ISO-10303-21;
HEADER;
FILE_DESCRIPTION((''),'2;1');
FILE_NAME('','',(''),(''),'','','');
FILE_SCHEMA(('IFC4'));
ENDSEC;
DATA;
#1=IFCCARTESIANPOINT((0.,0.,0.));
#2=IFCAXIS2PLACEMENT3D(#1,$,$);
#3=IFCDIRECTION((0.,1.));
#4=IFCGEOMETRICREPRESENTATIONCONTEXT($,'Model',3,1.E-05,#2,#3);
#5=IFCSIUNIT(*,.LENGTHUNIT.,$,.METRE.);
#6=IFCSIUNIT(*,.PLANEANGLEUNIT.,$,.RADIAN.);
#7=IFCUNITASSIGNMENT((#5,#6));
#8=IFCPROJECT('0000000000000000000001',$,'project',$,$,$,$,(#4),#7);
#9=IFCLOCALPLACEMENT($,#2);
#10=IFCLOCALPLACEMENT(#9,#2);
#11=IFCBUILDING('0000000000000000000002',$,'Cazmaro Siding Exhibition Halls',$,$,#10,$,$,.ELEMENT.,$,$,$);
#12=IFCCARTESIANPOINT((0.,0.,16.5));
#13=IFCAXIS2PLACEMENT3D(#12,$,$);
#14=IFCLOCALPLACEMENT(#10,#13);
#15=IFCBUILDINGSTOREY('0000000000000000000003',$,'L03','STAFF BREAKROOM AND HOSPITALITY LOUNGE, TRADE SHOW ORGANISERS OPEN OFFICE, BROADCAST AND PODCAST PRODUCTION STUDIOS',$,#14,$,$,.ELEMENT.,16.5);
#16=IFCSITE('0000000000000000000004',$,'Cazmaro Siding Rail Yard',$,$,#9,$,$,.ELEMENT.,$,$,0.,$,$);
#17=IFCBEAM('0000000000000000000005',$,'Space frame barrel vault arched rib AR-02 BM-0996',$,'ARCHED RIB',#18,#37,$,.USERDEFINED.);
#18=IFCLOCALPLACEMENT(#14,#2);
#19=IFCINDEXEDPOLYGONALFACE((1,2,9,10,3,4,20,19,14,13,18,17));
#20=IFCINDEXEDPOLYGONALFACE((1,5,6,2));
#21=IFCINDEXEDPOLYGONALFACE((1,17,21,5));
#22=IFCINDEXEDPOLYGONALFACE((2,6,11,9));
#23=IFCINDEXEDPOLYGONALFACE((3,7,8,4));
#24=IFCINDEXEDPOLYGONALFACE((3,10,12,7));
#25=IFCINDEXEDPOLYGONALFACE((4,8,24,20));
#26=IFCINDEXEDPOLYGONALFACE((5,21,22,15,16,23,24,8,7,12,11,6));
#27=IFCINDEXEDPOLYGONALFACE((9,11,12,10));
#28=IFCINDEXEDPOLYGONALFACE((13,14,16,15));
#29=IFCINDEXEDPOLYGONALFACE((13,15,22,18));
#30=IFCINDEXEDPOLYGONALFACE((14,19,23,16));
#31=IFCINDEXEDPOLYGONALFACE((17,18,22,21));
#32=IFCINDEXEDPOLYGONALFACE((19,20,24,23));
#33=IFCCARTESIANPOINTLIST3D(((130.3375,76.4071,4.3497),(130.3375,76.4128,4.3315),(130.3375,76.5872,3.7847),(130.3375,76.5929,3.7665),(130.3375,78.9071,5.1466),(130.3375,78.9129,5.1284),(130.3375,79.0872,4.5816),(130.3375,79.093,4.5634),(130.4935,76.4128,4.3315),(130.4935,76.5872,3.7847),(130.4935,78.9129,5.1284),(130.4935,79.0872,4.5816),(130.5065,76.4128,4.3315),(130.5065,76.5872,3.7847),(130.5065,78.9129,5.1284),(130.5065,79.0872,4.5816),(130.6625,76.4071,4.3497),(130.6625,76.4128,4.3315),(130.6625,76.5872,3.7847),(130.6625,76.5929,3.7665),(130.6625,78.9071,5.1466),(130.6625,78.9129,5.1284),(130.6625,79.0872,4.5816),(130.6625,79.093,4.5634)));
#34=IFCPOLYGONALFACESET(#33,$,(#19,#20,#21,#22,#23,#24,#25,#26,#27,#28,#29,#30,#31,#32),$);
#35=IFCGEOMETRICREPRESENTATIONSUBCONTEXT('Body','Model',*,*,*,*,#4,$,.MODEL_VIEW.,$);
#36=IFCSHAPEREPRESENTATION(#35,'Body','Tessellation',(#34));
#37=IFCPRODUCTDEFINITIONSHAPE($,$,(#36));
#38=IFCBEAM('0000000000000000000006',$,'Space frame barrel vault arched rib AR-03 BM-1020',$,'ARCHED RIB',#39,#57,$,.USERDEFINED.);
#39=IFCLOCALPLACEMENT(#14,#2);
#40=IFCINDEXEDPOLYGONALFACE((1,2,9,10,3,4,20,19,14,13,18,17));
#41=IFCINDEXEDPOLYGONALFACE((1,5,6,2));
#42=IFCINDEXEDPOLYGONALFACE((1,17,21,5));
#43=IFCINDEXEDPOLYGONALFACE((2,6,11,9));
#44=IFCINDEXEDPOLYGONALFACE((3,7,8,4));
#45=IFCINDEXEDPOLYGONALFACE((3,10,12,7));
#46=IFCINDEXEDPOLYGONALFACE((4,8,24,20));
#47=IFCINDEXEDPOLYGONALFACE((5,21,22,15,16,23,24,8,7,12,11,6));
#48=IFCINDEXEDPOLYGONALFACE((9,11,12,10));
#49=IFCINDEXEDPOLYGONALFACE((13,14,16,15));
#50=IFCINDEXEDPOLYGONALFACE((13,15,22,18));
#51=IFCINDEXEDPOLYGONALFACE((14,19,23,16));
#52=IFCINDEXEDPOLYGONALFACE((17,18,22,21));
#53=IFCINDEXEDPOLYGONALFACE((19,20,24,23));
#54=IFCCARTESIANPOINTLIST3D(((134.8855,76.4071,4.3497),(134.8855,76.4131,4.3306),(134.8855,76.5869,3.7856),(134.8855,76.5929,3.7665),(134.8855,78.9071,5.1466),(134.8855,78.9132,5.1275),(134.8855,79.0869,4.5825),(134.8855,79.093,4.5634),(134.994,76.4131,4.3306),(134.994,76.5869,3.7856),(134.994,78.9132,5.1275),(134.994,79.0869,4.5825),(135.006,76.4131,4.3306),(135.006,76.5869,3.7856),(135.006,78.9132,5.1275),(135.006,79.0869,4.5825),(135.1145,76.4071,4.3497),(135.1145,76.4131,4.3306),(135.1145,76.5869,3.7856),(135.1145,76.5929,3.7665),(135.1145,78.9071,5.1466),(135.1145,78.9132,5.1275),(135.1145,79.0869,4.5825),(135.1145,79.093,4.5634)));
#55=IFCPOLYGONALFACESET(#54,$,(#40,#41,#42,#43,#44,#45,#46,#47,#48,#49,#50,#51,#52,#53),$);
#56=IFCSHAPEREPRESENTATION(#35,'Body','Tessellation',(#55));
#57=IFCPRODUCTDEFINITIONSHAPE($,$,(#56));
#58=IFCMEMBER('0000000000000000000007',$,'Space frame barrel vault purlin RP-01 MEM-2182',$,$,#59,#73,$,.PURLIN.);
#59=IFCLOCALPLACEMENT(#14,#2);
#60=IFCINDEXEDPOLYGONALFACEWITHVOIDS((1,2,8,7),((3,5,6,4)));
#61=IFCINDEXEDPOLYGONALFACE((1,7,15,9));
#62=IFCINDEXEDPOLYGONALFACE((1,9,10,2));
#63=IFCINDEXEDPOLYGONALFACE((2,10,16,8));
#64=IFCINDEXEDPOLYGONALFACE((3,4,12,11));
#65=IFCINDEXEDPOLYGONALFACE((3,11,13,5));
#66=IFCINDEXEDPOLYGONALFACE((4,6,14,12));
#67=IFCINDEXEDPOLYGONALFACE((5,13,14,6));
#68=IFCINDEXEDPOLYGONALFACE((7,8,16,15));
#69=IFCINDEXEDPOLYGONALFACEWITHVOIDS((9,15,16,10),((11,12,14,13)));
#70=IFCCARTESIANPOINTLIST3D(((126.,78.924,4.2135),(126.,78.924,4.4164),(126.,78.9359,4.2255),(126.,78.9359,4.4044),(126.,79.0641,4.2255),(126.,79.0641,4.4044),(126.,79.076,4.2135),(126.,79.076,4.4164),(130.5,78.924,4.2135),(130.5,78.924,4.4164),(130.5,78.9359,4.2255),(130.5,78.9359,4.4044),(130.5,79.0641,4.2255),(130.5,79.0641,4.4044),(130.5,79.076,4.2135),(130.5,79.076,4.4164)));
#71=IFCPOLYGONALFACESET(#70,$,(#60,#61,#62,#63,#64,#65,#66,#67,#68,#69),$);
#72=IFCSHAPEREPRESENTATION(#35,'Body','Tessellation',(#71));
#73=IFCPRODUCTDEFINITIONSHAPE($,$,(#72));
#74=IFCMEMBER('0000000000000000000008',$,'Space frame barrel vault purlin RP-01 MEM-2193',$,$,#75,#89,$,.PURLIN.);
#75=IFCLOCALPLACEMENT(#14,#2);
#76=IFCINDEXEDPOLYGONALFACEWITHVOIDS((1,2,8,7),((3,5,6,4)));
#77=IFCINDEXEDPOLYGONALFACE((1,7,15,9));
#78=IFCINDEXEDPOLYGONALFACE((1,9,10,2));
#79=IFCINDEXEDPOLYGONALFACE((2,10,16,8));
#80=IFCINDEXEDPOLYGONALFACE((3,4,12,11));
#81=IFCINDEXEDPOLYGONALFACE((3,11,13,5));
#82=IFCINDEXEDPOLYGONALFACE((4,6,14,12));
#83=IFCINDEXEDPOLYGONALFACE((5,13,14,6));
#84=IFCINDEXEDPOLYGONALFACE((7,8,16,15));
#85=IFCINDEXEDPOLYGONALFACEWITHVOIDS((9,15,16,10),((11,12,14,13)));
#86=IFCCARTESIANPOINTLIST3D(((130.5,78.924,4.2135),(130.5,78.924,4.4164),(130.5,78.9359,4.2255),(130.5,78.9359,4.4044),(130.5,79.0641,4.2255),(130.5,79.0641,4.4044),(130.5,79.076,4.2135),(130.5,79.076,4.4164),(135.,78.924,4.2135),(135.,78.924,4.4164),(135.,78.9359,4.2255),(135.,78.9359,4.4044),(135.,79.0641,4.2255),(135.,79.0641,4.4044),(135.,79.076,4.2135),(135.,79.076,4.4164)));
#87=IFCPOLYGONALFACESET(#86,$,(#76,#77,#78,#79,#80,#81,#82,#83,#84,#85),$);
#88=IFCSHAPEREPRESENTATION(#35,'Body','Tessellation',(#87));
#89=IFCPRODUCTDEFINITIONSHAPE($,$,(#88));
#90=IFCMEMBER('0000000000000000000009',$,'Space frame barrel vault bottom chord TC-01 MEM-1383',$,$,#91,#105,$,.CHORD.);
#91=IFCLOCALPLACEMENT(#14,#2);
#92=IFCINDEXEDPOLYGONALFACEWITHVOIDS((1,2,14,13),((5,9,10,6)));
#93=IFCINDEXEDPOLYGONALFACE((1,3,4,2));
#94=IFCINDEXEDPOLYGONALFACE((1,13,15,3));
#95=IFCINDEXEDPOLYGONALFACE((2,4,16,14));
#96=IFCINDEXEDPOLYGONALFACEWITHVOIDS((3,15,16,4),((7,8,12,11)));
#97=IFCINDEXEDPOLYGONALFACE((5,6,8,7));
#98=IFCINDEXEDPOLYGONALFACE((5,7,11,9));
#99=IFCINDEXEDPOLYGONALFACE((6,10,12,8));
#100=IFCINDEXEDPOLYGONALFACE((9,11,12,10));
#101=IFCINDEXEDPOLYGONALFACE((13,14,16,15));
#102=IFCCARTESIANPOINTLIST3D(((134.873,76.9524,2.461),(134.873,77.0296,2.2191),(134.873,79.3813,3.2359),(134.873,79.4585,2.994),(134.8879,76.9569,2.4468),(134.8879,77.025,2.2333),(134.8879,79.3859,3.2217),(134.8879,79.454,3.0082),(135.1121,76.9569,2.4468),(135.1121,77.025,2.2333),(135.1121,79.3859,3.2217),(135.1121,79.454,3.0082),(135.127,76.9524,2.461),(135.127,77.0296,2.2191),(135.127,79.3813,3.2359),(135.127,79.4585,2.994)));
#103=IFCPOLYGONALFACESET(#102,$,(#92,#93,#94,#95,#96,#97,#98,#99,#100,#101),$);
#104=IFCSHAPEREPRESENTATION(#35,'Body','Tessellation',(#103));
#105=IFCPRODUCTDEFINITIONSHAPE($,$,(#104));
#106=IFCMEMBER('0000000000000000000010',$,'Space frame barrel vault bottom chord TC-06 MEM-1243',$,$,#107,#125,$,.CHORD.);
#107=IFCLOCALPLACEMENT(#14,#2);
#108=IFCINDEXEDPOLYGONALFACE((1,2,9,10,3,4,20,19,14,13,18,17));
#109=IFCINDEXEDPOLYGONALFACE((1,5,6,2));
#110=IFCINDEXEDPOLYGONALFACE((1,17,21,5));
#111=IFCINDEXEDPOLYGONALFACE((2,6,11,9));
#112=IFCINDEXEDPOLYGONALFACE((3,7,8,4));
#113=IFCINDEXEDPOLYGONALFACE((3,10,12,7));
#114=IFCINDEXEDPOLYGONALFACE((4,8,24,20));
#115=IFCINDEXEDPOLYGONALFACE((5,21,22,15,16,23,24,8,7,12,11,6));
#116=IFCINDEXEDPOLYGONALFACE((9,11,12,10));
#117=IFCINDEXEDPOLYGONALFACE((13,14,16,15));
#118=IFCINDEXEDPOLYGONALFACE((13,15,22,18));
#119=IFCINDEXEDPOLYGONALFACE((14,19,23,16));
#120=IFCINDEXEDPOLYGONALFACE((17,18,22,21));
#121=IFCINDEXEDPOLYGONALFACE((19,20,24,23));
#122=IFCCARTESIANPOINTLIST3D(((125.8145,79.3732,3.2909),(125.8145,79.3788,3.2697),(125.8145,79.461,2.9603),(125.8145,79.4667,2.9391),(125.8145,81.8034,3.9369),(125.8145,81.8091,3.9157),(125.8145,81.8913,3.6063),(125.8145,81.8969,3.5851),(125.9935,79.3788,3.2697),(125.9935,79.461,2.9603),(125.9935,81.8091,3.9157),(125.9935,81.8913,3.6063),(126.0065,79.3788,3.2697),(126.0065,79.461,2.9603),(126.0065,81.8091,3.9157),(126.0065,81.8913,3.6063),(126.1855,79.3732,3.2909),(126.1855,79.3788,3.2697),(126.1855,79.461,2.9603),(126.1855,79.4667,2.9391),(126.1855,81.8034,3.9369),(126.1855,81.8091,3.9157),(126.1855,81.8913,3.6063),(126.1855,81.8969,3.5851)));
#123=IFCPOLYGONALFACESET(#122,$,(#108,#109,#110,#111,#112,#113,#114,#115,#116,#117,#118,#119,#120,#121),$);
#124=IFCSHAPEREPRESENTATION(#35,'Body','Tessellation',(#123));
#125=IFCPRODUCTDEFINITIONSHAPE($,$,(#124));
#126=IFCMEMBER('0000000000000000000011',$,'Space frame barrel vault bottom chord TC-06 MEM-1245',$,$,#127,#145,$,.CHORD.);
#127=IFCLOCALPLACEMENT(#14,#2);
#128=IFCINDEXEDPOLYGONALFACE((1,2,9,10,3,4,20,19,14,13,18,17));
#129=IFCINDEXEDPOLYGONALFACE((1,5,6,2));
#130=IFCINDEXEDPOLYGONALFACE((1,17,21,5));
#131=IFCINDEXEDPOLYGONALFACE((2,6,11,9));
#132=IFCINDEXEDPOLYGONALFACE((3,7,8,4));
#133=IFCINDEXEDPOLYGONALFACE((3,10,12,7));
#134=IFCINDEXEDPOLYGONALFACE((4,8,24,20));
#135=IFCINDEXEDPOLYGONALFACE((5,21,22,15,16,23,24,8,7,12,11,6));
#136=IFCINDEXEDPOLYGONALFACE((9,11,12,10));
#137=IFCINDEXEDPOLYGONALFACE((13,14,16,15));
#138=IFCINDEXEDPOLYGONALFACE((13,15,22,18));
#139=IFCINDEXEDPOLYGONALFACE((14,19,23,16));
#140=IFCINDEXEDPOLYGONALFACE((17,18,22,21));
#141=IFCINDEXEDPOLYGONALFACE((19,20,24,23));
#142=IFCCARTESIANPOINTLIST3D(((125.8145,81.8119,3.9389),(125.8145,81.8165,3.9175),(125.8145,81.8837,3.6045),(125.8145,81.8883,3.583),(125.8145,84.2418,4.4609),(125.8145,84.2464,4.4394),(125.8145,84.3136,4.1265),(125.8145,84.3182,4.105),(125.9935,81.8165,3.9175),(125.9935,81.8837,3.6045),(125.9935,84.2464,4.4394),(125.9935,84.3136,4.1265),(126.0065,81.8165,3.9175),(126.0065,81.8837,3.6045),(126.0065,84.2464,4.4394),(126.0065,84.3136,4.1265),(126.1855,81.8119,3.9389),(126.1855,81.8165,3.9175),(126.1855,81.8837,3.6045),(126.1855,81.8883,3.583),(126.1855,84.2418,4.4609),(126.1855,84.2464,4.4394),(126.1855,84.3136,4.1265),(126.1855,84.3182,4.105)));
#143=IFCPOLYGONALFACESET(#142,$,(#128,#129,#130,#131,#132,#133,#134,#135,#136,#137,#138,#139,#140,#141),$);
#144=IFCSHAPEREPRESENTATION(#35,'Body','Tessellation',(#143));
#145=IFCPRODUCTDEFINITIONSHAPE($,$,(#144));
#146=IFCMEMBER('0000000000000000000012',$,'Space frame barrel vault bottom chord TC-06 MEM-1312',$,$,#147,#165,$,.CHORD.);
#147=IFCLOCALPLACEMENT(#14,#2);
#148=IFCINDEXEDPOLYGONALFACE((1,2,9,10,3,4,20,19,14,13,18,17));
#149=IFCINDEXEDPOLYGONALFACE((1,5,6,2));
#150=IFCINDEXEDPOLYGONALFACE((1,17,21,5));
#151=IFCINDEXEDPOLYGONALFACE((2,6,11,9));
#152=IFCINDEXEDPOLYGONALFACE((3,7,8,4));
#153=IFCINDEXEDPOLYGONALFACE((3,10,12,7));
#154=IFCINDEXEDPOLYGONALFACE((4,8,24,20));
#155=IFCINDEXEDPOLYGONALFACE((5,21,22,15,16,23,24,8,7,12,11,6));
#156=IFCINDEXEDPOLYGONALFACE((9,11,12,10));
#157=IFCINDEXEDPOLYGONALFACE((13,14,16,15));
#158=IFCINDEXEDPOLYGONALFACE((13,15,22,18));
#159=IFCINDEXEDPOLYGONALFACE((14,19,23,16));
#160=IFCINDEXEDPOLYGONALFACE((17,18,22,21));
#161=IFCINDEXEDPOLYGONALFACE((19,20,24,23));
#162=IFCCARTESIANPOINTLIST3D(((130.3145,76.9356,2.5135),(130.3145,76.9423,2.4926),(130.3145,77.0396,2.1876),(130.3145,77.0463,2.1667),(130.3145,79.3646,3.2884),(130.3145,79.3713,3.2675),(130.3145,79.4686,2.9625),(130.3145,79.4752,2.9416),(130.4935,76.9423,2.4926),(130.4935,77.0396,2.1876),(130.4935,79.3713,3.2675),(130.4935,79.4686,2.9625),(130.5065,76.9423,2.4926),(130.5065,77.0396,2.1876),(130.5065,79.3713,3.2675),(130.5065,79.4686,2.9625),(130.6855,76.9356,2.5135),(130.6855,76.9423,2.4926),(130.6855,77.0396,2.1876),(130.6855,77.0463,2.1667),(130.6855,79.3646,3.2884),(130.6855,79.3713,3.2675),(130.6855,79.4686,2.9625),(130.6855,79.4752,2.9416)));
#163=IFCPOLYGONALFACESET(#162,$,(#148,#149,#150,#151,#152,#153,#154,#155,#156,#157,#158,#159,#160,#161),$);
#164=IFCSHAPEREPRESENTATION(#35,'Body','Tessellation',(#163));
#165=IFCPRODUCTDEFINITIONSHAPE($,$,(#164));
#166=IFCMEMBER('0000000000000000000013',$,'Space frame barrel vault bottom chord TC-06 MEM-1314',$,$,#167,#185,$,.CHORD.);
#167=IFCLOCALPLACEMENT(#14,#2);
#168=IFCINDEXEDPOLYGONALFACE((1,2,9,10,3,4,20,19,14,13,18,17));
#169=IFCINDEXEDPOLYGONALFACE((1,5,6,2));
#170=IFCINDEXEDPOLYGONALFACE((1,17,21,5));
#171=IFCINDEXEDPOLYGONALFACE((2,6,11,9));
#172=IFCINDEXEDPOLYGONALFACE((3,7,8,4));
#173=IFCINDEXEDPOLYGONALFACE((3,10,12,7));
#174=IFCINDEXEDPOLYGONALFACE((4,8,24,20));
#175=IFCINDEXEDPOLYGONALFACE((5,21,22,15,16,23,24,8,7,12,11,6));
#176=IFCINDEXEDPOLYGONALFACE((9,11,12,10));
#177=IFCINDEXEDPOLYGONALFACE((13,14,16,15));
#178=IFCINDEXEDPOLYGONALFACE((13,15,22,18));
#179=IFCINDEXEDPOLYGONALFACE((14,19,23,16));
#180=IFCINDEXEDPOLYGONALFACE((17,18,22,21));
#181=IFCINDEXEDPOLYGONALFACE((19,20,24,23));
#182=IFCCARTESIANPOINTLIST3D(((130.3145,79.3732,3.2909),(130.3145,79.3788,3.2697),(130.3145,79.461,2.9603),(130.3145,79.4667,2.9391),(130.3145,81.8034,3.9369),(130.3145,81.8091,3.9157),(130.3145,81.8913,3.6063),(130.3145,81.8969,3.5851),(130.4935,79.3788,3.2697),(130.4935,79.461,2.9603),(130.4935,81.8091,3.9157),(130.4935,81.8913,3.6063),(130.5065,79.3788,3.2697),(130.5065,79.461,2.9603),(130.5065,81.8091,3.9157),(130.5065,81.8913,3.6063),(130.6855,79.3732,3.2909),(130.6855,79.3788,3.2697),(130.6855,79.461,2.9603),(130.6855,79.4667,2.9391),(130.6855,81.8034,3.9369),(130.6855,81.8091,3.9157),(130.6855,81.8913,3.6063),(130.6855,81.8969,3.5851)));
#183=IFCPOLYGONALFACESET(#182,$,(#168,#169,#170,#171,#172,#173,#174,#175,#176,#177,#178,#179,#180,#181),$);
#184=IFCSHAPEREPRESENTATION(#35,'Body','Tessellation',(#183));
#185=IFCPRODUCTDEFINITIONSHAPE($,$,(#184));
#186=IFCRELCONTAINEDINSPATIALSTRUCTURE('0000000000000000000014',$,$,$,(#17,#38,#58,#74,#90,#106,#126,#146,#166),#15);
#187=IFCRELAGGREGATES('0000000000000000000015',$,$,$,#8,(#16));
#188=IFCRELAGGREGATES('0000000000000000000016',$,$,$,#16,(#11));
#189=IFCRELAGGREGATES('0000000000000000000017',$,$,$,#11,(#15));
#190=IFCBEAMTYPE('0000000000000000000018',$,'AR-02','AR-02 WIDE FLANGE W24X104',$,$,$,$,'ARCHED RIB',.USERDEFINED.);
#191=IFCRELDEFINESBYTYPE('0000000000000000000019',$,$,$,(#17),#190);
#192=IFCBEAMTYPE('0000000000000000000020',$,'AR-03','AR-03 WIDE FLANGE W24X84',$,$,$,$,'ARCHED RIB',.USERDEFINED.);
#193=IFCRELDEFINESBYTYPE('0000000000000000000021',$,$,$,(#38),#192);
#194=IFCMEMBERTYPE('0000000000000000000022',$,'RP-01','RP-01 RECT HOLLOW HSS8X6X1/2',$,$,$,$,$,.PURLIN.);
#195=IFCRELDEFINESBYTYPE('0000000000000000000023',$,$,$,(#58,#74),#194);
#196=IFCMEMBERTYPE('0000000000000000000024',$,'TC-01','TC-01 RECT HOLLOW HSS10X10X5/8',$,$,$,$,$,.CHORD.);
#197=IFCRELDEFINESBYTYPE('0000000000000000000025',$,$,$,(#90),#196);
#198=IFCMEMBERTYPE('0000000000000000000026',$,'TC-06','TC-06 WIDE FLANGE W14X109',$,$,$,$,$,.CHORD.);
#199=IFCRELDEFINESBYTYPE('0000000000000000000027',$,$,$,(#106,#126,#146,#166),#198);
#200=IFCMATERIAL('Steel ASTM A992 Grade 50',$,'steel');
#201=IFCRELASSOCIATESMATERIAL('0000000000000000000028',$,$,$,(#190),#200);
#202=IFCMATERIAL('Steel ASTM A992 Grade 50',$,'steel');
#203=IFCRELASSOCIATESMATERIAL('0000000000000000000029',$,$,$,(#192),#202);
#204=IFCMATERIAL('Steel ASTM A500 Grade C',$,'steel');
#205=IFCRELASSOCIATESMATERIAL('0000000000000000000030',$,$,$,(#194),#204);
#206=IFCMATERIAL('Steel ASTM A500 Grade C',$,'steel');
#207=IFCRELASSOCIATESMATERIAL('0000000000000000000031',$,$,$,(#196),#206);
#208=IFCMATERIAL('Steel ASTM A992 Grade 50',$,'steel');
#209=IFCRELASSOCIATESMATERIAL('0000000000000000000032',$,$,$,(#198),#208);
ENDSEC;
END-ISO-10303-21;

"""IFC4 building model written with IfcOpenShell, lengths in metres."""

from ifc_helpers import new_model, si_unit, direction, frame, origin, origin_2d, place, context, subcontext, project, spatial, hollow_rectangle, i_section, extrude, material, material_profile, profile_set, type_object, element, save


model = new_model("IFC4")

# Units and contexts
model_context = context("Model", 3, precision=1e-05, world=origin(), true_north=direction((0.0, 1.0)))
body_context = subcontext(model_context, "Body", "Model", "MODEL_VIEW")
ifc_project = project(units=[si_unit("LENGTHUNIT", "METRE"), si_unit("PLANEANGLEUNIT", "RADIAN")], contexts=[model_context])

# Site, building, storey
site_placement = place(None, origin())
site = spatial("IfcSite", under=ifc_project, at=site_placement, Name="Cazmaro Siding Rail Yard", CompositionType="ELEMENT", RefElevation=0.0)
building_placement = place(site_placement, origin())
building = spatial("IfcBuilding", under=site, at=building_placement, Name="Cazmaro Siding Exhibition Halls", CompositionType="ELEMENT")
storey_placement = place(building_placement, frame((0.0, 0.0, 16.5)))
storey = spatial("IfcBuildingStorey", under=building, at=storey_placement, Name="L03", Description="STAFF BREAKROOM AND HOSPITALITY LOUNGE, TRADE SHOW ORGANISERS OPEN OFFICE, BROADCAST AND PODCAST PRODUCTION STUDIOS", CompositionType="ELEMENT", Elevation=16.5)

# Beams
ifc_material_1 = material(Name="Steel ASTM A992 Grade 50", Category="steel")
ifc_material_profile_1 = material_profile(ifc_material_1, i_section(OverallWidth=0.325, OverallDepth=0.6121, WebThickness=0.0129, FlangeThickness=0.019, at=origin_2d()), Name="W24X104")
ifc_profile_set_1 = profile_set([ifc_material_profile_1], Name="Steel ASTM A992 Grade 50")
beam_type_1 = type_object("IfcBeamType", Name="AR-02", Description="AR-02 WIDE FLANGE W24X104", ElementType="ARCHED RIB", PredefinedType="USERDEFINED", material=ifc_profile_set_1)
beam_1_placement = place(storey_placement, frame((130.5, 76.5, 4.0581), z_axis=(0.0, 0.952769, 0.303695), x_axis=(-1.0, 0.0, 0.0)))
element("IfcBeam", 1, at=beam_1_placement, inside=storey, type_object=beam_type_1, Name="Space frame barrel vault arched rib AR-02 BM-0996", ObjectType="ARCHED RIB", PredefinedType="USERDEFINED", context=body_context, shape_type="SweptSolid", body=[
    extrude(i_section(OverallWidth=0.325, OverallDepth=0.6121, WebThickness=0.0129, FlangeThickness=0.019, at=origin_2d()), origin(), (0.0, 0.0, 1.0), 2.624),
])
ifc_material_2 = material(Name="Steel ASTM A992 Grade 50", Category="steel")
ifc_material_profile_2 = material_profile(ifc_material_2, i_section(OverallWidth=0.229, OverallDepth=0.6121, WebThickness=0.012, FlangeThickness=0.02, at=origin_2d()), Name="W24X84")
ifc_profile_set_2 = profile_set([ifc_material_profile_2], Name="Steel ASTM A992 Grade 50")
beam_type_2 = type_object("IfcBeamType", Name="AR-03", Description="AR-03 WIDE FLANGE W24X84", ElementType="ARCHED RIB", PredefinedType="USERDEFINED", material=ifc_profile_set_2)
beam_2_placement = place(storey_placement, frame((135.0, 76.5, 4.0581), z_axis=(0.0, 0.952769, 0.303695), x_axis=(-1.0, 0.0, 0.0)))
element("IfcBeam", 2, at=beam_2_placement, inside=storey, type_object=beam_type_2, Name="Space frame barrel vault arched rib AR-03 BM-1020", ObjectType="ARCHED RIB", PredefinedType="USERDEFINED", context=body_context, shape_type="SweptSolid", body=[
    extrude(i_section(OverallWidth=0.229, OverallDepth=0.6121, WebThickness=0.012, FlangeThickness=0.02, at=origin_2d()), origin(), (0.0, 0.0, 1.0), 2.624),
])

# Members
ifc_material_3 = material(Name="Steel ASTM A500 Grade C", Category="steel")
ifc_material_profile_3 = material_profile(ifc_material_3, hollow_rectangle(XDim=0.1521, YDim=0.2029, WallThickness=0.012, at=origin_2d()), Name="HSS8X6X1/2")
ifc_profile_set_3 = profile_set([ifc_material_profile_3], Name="Steel ASTM A500 Grade C")
member_type_1 = type_object("IfcMemberType", Name="RP-01", Description="RP-01 RECT HOLLOW HSS8X6X1/2", PredefinedType="PURLIN", material=ifc_profile_set_3)
for number, where, z_axis, x_axis, name in (
    (3, (126.0, 79.0, 4.3149), (1.0, 0.0, 0.0), (0.0, 1.0, 0.0), "Space frame barrel vault purlin RP-01 MEM-2182"),
    (4, (130.5, 79.0, 4.3149), (1.0, 0.0, 0.0), (0.0, 1.0, 0.0), "Space frame barrel vault purlin RP-01 MEM-2193"),
):
    element("IfcMember", number, at=place(storey_placement, frame(where, z_axis=z_axis, x_axis=x_axis)), inside=storey, type_object=member_type_1, Name=name, PredefinedType="PURLIN", context=body_context, shape_type="SweptSolid", body=[
        extrude(hollow_rectangle(XDim=0.1521, YDim=0.2029, WallThickness=0.012, at=origin_2d()), origin(), (0.0, 0.0, 1.0), 4.5),
    ])
ifc_material_4 = material(Name="Steel ASTM A500 Grade C", Category="steel")
ifc_material_profile_4 = material_profile(ifc_material_4, hollow_rectangle(XDim=0.2539, YDim=0.2539, WallThickness=0.0149, at=origin_2d()), Name="HSS10X10X5/8")
ifc_profile_set_4 = profile_set([ifc_material_profile_4], Name="Steel ASTM A500 Grade C")
member_type_2 = type_object("IfcMemberType", Name="TC-01", Description="TC-01 RECT HOLLOW HSS10X10X5/8", PredefinedType="CHORD", material=ifc_profile_set_4)
member_1_placement = place(storey_placement, frame((135.0, 76.991, 2.3401), z_axis=(0.0, 0.952693, 0.303935), x_axis=(-1.0, 0.0, 0.0)))
element("IfcMember", 5, at=member_1_placement, inside=storey, type_object=member_type_2, Name="Space frame barrel vault bottom chord TC-01 MEM-1383", PredefinedType="CHORD", context=body_context, shape_type="SweptSolid", body=[
    extrude(hollow_rectangle(XDim=0.2539, YDim=0.2539, WallThickness=0.0149, at=origin_2d()), origin(), (0.0, 0.0, 1.0), 2.5496),
])
ifc_material_5 = material(Name="Steel ASTM A992 Grade 50", Category="steel")
ifc_material_profile_5 = material_profile(ifc_material_5, i_section(OverallWidth=0.3711, OverallDepth=0.364, WebThickness=0.0129, FlangeThickness=0.022, at=origin_2d()), Name="W14X109")
ifc_profile_set_5 = profile_set([ifc_material_profile_5], Name="Steel ASTM A992 Grade 50")
member_type_3 = type_object("IfcMemberType", Name="TC-06", Description="TC-06 WIDE FLANGE W14X109", PredefinedType="CHORD", material=ifc_profile_set_5)
member_2_placement = place(storey_placement, frame((126.0, 79.4199, 3.115), z_axis=(0.0, 0.966438, 0.256901), x_axis=(-1.0, 0.0, 0.0)))
element("IfcMember", 6, at=member_2_placement, inside=storey, type_object=member_type_3, Name="Space frame barrel vault bottom chord TC-06 MEM-1243", PredefinedType="CHORD", context=body_context, shape_type="SweptSolid", body=[
    extrude(i_section(OverallWidth=0.3711, OverallDepth=0.364, WebThickness=0.0129, FlangeThickness=0.022, at=origin_2d()), origin(), (0.0, 0.0, 1.0), 2.5146),
])
member_3_placement = place(storey_placement, frame((126.0, 81.8501, 3.761), z_axis=(0.0, 0.977697, 0.210019), x_axis=(-1.0, 0.0, 0.0)))
element("IfcMember", 7, at=member_3_placement, inside=storey, type_object=member_type_3, Name="Space frame barrel vault bottom chord TC-06 MEM-1245", PredefinedType="CHORD", context=body_context, shape_type="SweptSolid", body=[
    extrude(i_section(OverallWidth=0.3711, OverallDepth=0.364, WebThickness=0.0129, FlangeThickness=0.022, at=origin_2d()), origin(), (0.0, 0.0, 1.0), 2.4854),
])
member_4_placement = place(storey_placement, frame((130.5, 76.991, 2.3401), z_axis=(0.0, 0.952693, 0.303935), x_axis=(-1.0, 0.0, 0.0)))
element("IfcMember", 8, at=member_4_placement, inside=storey, type_object=member_type_3, Name="Space frame barrel vault bottom chord TC-06 MEM-1312", PredefinedType="CHORD", context=body_context, shape_type="SweptSolid", body=[
    extrude(i_section(OverallWidth=0.3711, OverallDepth=0.364, WebThickness=0.0129, FlangeThickness=0.022, at=origin_2d()), origin(), (0.0, 0.0, 1.0), 2.5496),
])
member_5_placement = place(storey_placement, frame((130.5, 79.4199, 3.115), z_axis=(0.0, 0.966438, 0.256901), x_axis=(-1.0, 0.0, 0.0)))
element("IfcMember", 9, at=member_5_placement, inside=storey, type_object=member_type_3, Name="Space frame barrel vault bottom chord TC-06 MEM-1314", PredefinedType="CHORD", context=body_context, shape_type="SweptSolid", body=[
    extrude(i_section(OverallWidth=0.3711, OverallDepth=0.364, WebThickness=0.0129, FlangeThickness=0.022, at=origin_2d()), origin(), (0.0, 0.0, 1.0), 2.5146),
])

save(model, "model.ifc")
